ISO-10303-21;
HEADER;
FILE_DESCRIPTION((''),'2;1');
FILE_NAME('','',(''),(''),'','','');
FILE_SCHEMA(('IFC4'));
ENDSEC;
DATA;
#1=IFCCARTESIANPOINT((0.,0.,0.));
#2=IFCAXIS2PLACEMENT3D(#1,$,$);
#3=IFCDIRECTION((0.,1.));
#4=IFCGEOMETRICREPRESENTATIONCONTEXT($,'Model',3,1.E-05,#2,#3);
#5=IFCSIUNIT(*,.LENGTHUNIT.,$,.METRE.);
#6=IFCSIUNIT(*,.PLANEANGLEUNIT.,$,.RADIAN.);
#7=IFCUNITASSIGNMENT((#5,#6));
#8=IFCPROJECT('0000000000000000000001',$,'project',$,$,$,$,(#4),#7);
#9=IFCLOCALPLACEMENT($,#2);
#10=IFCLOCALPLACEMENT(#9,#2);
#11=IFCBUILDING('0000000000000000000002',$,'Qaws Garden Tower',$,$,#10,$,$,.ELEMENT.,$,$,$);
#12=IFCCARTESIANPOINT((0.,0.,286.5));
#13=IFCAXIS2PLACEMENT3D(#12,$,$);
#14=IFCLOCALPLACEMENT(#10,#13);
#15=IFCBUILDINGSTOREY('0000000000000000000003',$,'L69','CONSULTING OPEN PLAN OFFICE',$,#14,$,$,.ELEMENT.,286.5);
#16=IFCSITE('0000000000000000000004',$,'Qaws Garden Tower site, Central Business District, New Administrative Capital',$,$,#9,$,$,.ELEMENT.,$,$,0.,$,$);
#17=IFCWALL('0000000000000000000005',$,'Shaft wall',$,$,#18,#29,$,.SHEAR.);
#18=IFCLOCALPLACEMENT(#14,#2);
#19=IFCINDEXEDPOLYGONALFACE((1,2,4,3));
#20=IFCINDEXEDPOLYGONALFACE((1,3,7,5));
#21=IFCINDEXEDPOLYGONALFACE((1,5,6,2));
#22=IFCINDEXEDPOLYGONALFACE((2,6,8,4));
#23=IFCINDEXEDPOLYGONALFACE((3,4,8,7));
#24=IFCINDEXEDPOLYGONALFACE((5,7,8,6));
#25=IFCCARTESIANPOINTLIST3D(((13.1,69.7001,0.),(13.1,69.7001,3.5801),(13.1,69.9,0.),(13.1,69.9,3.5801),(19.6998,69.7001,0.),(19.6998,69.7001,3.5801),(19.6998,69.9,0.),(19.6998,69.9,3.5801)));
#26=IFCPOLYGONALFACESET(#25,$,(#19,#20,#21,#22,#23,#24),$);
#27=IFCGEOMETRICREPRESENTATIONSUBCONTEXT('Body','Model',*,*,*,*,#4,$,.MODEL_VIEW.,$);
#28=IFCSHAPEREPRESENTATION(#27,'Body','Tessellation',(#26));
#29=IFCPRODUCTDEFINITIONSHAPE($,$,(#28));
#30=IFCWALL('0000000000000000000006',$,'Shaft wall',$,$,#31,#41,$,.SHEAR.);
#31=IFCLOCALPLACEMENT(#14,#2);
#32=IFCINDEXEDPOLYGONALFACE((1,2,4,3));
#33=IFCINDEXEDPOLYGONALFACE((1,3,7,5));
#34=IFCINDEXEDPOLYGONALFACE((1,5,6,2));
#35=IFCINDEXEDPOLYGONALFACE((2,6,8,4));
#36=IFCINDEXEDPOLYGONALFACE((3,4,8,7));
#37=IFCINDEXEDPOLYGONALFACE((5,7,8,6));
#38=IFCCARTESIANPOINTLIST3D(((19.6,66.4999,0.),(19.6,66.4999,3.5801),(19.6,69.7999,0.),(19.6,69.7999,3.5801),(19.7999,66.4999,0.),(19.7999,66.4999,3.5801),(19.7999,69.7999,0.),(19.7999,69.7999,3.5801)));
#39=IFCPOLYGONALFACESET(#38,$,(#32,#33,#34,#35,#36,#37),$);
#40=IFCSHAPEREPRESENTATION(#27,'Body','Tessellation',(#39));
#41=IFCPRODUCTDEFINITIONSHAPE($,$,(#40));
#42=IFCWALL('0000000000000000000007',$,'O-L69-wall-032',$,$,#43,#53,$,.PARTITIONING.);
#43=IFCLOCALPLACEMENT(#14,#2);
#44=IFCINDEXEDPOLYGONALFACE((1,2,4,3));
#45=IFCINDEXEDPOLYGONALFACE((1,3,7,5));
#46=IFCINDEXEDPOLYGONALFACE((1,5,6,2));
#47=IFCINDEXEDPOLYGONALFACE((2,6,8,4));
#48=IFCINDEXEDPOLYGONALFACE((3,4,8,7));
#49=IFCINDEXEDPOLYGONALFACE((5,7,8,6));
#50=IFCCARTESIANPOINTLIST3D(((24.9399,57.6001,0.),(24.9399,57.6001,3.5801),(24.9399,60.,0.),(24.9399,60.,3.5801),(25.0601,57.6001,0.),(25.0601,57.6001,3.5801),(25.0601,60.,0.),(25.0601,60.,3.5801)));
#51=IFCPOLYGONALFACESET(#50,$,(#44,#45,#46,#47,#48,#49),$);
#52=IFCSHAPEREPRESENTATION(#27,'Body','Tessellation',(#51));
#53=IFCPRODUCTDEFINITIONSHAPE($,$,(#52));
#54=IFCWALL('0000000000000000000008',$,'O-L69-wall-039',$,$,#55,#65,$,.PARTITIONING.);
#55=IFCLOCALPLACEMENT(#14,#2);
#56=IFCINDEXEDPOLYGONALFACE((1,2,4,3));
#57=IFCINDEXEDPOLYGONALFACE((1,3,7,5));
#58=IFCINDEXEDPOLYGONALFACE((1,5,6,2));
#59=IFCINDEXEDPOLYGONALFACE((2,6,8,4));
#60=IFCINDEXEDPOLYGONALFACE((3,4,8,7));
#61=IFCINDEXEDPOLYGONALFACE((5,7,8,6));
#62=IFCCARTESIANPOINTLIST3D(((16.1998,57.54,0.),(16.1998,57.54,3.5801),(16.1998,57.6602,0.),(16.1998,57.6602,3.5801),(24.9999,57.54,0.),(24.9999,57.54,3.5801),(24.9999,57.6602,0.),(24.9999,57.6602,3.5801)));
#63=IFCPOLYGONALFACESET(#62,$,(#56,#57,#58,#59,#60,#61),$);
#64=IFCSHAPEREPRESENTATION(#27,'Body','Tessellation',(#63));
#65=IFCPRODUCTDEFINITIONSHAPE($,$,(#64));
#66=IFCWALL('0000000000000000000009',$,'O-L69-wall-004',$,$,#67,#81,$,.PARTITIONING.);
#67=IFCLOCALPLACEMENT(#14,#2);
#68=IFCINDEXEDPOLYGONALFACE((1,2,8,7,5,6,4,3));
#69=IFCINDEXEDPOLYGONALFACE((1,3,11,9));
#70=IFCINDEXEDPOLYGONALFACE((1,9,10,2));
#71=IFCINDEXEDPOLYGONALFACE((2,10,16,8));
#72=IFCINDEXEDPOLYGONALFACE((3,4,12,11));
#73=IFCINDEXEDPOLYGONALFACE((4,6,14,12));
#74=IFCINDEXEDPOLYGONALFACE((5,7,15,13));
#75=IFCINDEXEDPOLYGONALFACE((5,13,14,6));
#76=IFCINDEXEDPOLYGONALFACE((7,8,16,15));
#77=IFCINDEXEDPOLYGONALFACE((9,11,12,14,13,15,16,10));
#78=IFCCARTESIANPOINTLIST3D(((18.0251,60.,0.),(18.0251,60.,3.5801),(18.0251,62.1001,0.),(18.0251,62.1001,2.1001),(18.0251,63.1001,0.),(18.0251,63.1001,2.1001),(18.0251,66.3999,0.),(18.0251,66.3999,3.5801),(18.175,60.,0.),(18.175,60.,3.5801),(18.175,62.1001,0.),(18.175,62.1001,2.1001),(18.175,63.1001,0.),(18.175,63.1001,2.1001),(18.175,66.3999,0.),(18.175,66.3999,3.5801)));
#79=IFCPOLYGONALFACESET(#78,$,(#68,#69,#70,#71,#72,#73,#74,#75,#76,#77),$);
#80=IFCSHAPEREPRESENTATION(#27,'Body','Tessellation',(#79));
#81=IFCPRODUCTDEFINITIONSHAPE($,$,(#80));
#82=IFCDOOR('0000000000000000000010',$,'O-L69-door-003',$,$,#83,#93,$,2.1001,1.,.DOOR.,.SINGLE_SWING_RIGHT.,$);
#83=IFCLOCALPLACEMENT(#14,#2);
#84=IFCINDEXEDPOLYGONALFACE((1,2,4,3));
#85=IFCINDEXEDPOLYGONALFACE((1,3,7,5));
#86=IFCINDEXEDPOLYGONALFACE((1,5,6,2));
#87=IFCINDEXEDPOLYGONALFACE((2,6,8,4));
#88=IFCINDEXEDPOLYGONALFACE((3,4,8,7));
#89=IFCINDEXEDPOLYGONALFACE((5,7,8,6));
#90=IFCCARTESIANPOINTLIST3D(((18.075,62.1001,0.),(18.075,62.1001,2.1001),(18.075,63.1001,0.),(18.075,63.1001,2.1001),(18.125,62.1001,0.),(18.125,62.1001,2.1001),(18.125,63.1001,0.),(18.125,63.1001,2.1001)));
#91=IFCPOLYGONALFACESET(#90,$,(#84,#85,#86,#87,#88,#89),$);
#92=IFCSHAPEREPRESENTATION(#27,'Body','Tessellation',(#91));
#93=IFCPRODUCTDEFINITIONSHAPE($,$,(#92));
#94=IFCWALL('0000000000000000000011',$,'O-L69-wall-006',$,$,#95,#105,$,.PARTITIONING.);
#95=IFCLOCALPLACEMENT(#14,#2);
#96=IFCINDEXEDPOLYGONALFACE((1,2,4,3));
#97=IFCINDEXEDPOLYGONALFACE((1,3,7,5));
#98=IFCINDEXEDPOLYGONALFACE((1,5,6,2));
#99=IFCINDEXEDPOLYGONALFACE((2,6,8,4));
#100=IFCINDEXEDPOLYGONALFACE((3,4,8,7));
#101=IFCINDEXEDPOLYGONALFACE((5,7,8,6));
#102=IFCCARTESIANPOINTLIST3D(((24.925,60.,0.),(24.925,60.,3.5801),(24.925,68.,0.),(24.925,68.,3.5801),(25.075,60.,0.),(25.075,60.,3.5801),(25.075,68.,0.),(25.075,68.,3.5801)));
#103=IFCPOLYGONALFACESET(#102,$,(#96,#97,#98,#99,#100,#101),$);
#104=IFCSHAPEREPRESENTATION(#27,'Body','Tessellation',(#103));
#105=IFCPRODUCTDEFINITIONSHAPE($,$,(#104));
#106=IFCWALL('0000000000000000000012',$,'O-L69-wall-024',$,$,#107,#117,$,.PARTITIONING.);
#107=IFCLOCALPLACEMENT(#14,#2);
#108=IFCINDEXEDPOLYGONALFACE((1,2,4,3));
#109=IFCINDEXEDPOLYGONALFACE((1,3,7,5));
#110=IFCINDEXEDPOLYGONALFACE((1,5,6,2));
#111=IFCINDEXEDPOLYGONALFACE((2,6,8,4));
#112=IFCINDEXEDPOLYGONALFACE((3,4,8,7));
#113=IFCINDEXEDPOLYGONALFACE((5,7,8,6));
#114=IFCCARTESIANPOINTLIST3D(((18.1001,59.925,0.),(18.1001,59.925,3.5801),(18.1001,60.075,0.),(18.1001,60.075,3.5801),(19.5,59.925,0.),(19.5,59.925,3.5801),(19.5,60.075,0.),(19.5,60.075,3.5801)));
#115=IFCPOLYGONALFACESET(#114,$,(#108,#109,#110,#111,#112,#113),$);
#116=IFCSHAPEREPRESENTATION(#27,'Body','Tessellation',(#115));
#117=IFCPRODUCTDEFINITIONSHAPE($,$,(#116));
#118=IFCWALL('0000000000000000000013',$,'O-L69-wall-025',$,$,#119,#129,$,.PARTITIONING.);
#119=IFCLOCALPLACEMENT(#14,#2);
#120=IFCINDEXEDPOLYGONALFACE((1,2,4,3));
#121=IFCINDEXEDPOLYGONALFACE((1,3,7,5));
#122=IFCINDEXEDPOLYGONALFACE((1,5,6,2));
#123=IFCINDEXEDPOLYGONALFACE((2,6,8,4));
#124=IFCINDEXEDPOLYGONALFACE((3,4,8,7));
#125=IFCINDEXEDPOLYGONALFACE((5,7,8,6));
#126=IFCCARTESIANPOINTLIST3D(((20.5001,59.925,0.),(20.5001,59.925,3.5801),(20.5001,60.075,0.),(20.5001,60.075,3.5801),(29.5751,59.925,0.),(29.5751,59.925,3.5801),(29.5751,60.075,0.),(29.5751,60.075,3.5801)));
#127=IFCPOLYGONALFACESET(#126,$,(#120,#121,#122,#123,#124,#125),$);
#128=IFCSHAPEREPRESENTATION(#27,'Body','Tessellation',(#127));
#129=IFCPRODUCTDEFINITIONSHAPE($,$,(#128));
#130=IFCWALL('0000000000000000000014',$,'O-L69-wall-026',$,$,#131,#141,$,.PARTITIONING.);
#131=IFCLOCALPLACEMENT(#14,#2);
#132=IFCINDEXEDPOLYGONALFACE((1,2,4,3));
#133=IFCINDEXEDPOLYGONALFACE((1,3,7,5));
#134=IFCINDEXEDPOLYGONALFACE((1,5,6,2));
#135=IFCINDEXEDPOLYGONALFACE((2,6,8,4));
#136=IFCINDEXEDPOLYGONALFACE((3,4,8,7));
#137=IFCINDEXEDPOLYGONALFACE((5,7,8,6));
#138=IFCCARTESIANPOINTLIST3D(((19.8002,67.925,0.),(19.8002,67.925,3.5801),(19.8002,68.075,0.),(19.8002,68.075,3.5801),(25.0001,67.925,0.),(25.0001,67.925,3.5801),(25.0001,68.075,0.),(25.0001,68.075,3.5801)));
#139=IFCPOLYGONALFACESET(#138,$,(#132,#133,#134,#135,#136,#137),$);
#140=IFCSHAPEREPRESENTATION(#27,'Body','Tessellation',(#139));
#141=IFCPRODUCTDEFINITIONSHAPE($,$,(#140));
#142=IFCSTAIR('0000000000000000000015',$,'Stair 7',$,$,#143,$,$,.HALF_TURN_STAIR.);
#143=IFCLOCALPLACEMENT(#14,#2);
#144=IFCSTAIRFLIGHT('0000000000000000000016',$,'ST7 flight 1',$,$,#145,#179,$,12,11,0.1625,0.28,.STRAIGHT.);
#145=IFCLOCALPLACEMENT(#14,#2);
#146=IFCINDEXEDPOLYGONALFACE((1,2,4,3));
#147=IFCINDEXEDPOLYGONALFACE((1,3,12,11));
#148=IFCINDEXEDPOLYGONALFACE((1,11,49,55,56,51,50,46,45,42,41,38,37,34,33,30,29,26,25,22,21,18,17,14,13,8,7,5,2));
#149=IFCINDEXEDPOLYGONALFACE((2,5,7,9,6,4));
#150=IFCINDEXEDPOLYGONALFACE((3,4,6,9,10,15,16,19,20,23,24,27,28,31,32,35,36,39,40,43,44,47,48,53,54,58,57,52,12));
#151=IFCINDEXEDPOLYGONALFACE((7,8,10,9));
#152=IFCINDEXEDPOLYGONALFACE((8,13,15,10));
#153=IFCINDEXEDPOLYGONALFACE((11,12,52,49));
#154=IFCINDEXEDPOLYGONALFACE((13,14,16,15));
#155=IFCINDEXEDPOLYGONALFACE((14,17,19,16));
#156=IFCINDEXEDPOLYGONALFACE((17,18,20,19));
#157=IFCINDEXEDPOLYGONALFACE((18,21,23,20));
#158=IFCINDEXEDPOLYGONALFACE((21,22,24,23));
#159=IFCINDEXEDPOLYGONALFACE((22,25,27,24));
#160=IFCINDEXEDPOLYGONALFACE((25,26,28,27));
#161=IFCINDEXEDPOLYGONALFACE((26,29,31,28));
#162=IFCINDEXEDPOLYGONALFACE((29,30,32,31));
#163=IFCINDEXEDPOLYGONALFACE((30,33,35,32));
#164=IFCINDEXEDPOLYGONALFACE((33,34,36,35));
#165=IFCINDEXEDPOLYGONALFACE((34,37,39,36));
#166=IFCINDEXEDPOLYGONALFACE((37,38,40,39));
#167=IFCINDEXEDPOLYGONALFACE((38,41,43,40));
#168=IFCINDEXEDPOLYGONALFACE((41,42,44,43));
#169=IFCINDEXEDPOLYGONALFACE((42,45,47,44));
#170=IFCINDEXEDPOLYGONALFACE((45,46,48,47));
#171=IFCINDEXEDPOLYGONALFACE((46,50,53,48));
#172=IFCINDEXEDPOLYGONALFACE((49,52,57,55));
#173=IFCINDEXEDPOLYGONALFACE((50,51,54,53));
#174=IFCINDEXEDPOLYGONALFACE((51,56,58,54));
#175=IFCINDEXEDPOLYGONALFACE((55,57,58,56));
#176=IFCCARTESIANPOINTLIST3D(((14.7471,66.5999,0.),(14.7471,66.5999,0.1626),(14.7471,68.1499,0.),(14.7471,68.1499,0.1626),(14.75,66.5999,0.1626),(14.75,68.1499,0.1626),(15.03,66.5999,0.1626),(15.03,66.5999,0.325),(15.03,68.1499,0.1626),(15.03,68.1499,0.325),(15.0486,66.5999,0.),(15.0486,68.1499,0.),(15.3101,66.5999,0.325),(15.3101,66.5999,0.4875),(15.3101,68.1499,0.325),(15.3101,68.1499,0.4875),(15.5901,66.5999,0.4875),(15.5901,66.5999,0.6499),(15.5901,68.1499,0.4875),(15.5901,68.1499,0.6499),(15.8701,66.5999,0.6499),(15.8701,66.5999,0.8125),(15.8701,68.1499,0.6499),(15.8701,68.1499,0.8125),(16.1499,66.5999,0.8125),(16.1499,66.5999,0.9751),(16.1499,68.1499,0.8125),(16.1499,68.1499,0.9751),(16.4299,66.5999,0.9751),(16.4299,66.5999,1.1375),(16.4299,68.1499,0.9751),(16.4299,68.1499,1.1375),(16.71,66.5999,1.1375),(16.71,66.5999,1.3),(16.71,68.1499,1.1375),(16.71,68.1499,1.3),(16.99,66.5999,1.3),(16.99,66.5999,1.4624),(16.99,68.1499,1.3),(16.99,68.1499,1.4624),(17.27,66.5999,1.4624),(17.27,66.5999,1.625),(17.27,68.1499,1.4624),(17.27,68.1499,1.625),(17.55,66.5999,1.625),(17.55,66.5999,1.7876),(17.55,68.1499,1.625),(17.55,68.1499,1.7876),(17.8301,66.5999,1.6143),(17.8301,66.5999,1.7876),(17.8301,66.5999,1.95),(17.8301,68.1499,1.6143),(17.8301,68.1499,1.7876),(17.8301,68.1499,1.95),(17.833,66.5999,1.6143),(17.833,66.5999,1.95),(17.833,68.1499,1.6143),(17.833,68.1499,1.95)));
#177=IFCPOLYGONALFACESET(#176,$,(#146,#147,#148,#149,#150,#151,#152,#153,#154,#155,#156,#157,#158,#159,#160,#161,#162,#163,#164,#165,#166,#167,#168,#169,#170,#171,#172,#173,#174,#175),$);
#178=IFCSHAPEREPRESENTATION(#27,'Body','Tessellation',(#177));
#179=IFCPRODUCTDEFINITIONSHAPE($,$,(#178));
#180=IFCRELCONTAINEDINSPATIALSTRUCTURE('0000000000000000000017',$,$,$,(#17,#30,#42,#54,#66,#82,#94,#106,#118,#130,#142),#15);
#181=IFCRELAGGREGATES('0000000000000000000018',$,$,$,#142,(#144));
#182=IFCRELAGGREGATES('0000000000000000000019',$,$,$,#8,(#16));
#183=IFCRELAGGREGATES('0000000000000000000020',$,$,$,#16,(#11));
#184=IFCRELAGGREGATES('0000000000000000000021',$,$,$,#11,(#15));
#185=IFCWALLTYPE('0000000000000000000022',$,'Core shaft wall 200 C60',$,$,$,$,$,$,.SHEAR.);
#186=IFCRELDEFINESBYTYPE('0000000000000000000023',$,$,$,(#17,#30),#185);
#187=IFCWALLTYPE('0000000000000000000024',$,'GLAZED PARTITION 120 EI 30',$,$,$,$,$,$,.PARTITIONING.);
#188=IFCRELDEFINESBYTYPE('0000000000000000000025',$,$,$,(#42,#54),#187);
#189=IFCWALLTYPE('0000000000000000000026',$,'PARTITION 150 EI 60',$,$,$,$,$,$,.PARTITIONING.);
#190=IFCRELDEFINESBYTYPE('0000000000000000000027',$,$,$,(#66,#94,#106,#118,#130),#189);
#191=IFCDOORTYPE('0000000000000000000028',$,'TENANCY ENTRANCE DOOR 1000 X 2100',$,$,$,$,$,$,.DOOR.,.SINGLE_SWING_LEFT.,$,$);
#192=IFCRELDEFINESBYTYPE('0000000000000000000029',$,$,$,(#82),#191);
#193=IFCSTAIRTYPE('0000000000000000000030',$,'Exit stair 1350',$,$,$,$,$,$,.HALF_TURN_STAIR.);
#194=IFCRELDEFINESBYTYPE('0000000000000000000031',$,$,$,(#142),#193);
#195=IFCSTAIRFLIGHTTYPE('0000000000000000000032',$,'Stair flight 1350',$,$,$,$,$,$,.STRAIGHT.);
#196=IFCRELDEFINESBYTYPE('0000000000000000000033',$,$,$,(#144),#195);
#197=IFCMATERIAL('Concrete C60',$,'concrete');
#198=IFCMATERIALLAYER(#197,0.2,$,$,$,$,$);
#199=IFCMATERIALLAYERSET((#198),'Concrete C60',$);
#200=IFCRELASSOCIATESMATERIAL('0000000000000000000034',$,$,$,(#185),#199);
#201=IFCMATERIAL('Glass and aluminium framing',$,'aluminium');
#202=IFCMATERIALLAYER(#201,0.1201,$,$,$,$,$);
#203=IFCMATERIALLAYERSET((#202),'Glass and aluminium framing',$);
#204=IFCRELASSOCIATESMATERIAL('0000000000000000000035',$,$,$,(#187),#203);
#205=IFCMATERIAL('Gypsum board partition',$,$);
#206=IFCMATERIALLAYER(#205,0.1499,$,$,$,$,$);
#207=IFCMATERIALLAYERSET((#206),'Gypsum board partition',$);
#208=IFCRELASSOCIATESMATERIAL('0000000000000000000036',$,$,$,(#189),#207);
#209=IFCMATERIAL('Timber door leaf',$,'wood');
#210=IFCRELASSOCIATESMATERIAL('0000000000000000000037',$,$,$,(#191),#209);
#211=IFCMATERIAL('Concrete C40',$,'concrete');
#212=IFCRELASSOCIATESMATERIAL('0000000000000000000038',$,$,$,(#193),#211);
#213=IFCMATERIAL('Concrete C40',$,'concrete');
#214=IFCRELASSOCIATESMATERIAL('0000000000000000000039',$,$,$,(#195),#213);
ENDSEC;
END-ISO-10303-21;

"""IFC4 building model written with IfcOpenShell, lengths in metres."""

from ifc_helpers import new_model, si_unit, direction, frame, frame_2d, origin, place, context, subcontext, project, spatial, polyline, rectangle, outline, extrude, material, layer, layer_set, type_object, element, fill, aggregate, save


model = new_model("IFC4")

# Units and contexts
model_context = context("Model", 3, precision=1e-05, world=origin(), true_north=direction((0.0, 1.0)))
body_context = subcontext(model_context, "Body", "Model", "MODEL_VIEW")
ifc_project = project(units=[si_unit("LENGTHUNIT", "METRE"), si_unit("PLANEANGLEUNIT", "RADIAN")], contexts=[model_context])

# Site, building, storey
site_placement = place(None, origin())
site = spatial("IfcSite", under=ifc_project, at=site_placement, Name="Qaws Garden Tower site, Central Business District, New Administrative Capital", CompositionType="ELEMENT", RefElevation=0.0)
building_placement = place(site_placement, origin())
building = spatial("IfcBuilding", under=site, at=building_placement, Name="Qaws Garden Tower", CompositionType="ELEMENT")
storey_placement = place(building_placement, frame((0.0, 0.0, 286.5)))
storey = spatial("IfcBuildingStorey", under=building, at=storey_placement, Name="L69", Description="CONSULTING OPEN PLAN OFFICE", CompositionType="ELEMENT", Elevation=286.5)

# Walls
ifc_material_1 = material(Name="Concrete C60", Category="concrete")
ifc_layer_1 = layer(ifc_material_1, 0.2)
ifc_layer_set_1 = layer_set([ifc_layer_1], Name="Concrete C60")
wall_type_1 = type_object("IfcWallType", Name="Core shaft wall 200 C60", PredefinedType="SHEAR", material=ifc_layer_set_1)
wall_1_placement = place(storey_placement, frame((13.1001, 69.8, 0.0), z_axis=(0.0, 0.0, 1.0), x_axis=(1.0, 0.0, 0.0)))
element("IfcWall", 1, at=wall_1_placement, inside=storey, type_object=wall_type_1, Name="Shaft wall", PredefinedType="SHEAR", context=body_context, shape_type="SweptSolid", body=[
    extrude(rectangle(XDim=6.5999, YDim=0.2, at=frame_2d((3.2998, 0.0))), origin(), (0.0, 0.0, 1.0), 3.5801),
])
wall_2_placement = place(storey_placement, frame((19.7, 66.5, 0.0), z_axis=(0.0, 0.0, 1.0), x_axis=(0.0, 1.0, 0.0)))
element("IfcWall", 2, at=wall_2_placement, inside=storey, type_object=wall_type_1, Name="Shaft wall", PredefinedType="SHEAR", context=body_context, shape_type="SweptSolid", body=[
    extrude(rectangle(XDim=3.3, YDim=0.2, at=frame_2d((1.6499, 0.0))), origin(), (0.0, 0.0, 1.0), 3.5801),
])
ifc_material_2 = material(Name="Glass and aluminium framing", Category="aluminium")
ifc_layer_2 = layer(ifc_material_2, 0.1201)
ifc_layer_set_2 = layer_set([ifc_layer_2], Name="Glass and aluminium framing")
wall_type_2 = type_object("IfcWallType", Name="GLAZED PARTITION 120 EI 30", PredefinedType="PARTITIONING", material=ifc_layer_set_2)
wall_3_placement = place(storey_placement, frame((25.0, 57.6001, 0.0), z_axis=(0.0, 0.0, 1.0), x_axis=(0.0, 1.0, 0.0)))
element("IfcWall", 3, at=wall_3_placement, inside=storey, type_object=wall_type_2, Name="O-L69-wall-032", PredefinedType="PARTITIONING", context=body_context, shape_type="SweptSolid", body=[
    extrude(rectangle(XDim=2.3999, YDim=0.1201, at=frame_2d((1.2, 0.0))), origin(), (0.0, 0.0, 1.0), 3.5801),
])
wall_4_placement = place(storey_placement, frame((16.2, 57.6001, 0.0), z_axis=(0.0, 0.0, 1.0), x_axis=(1.0, 0.0, 0.0)))
element("IfcWall", 4, at=wall_4_placement, inside=storey, type_object=wall_type_2, Name="O-L69-wall-039", PredefinedType="PARTITIONING", context=body_context, shape_type="SweptSolid", body=[
    extrude(rectangle(XDim=8.8, YDim=0.1201, at=frame_2d((4.3999, 0.0))), origin(), (0.0, 0.0, 1.0), 3.5801),
])

# Wall, opening, door
ifc_material_3 = material(Name="Gypsum board partition")
ifc_layer_3 = layer(ifc_material_3, 0.1499)
ifc_layer_set_3 = layer_set([ifc_layer_3], Name="Gypsum board partition")
wall_type_3 = type_object("IfcWallType", Name="PARTITION 150 EI 60", PredefinedType="PARTITIONING", material=ifc_layer_set_3)
wall_5_placement = place(storey_placement, frame((18.1001, 60.0, 0.0), z_axis=(0.0, 0.0, 1.0), x_axis=(0.0, 1.0, 0.0)))
wall_5 = element("IfcWall", 5, at=wall_5_placement, inside=storey, type_object=wall_type_3, Name="O-L69-wall-004", PredefinedType="PARTITIONING", context=body_context, shape_type="SweptSolid", body=[
    extrude(rectangle(XDim=6.3999, YDim=0.1499, at=frame_2d((3.2, 0.0))), origin(), (0.0, 0.0, 1.0), 3.5801),
])
opening_1_placement = place(wall_5_placement, frame((2.1001, 0.0, 0.0)))
opening_1 = element("IfcOpeningElement", 6, at=opening_1_placement, cuts=wall_5, PredefinedType="OPENING", context=body_context, shape_type="SweptSolid", body=[
    extrude(rectangle(XDim=1.0, YDim=2.1001, at=frame_2d((0.5, 1.05))), frame((0.0, 0.085, 0.0), z_axis=(0.0, -1.0, 0.0), x_axis=(1.0, 0.0, 0.0)), (0.0, 0.0, 1.0), 0.1699),
])
ifc_material_4 = material(Name="Timber door leaf", Category="wood")
door_type = type_object("IfcDoorType", Name="TENANCY ENTRANCE DOOR 1000 X 2100", OperationType="SINGLE_SWING_LEFT", PredefinedType="DOOR", material=ifc_material_4)
door_placement = place(opening_1_placement, frame((1.0, 0.0, 0.0), z_axis=(0.0, 0.0, 1.0), x_axis=(-1.0, 0.0, 0.0)))
door = element("IfcDoor", 7, at=door_placement, inside=storey, type_object=door_type, Name="O-L69-door-003", OperationType="SINGLE_SWING_RIGHT", OverallHeight=2.1001, OverallWidth=1.0, PredefinedType="DOOR", context=body_context, shape_type="SweptSolid", body=[
    extrude(rectangle(XDim=1.0, YDim=2.1001, at=frame_2d((0.5, 1.05))), frame((0.0, 0.0249, 0.0), z_axis=(0.0, -1.0, 0.0), x_axis=(1.0, 0.0, 0.0)), (0.0, 0.0, 1.0), 0.05),
])
fill(opening_1, door)

# Walls
wall_6_placement = place(storey_placement, frame((25.0, 60.0, 0.0), z_axis=(0.0, 0.0, 1.0), x_axis=(0.0, 1.0, 0.0)))
element("IfcWall", 8, at=wall_6_placement, inside=storey, type_object=wall_type_3, Name="O-L69-wall-006", PredefinedType="PARTITIONING", context=body_context, shape_type="SweptSolid", body=[
    extrude(rectangle(XDim=8.0, YDim=0.1499, at=frame_2d((4.0, 0.0))), origin(), (0.0, 0.0, 1.0), 3.5801),
])
wall_7_placement = place(storey_placement, frame((18.1001, 60.0, 0.0), z_axis=(0.0, 0.0, 1.0), x_axis=(1.0, 0.0, 0.0)))
element("IfcWall", 9, at=wall_7_placement, inside=storey, type_object=wall_type_3, Name="O-L69-wall-024", PredefinedType="PARTITIONING", context=body_context, shape_type="SweptSolid", body=[
    extrude(rectangle(XDim=1.3999, YDim=0.1499, at=frame_2d((0.7, 0.0))), origin(), (0.0, 0.0, 1.0), 3.5801),
])
wall_8_placement = place(storey_placement, frame((20.5, 60.0, 0.0), z_axis=(0.0, 0.0, 1.0), x_axis=(1.0, 0.0, 0.0)))
element("IfcWall", 10, at=wall_8_placement, inside=storey, type_object=wall_type_3, Name="O-L69-wall-025", PredefinedType="PARTITIONING", context=body_context, shape_type="SweptSolid", body=[
    extrude(rectangle(XDim=9.075, YDim=0.1499, at=frame_2d((4.5376, 0.0))), origin(), (0.0, 0.0, 1.0), 3.5801),
])
wall_9_placement = place(storey_placement, frame((19.8, 68.0, 0.0), z_axis=(0.0, 0.0, 1.0), x_axis=(1.0, 0.0, 0.0)))
element("IfcWall", 11, at=wall_9_placement, inside=storey, type_object=wall_type_3, Name="O-L69-wall-026", PredefinedType="PARTITIONING", context=body_context, shape_type="SweptSolid", body=[
    extrude(rectangle(XDim=5.2, YDim=0.1499, at=frame_2d((2.6001, 0.0))), origin(), (0.0, 0.0, 1.0), 3.5801),
])

# Stair, stair flight
ifc_material_5 = material(Name="Concrete C40", Category="concrete")
stair_type = type_object("IfcStairType", Name="Exit stair 1350", PredefinedType="HALF_TURN_STAIR", material=ifc_material_5)
stair_placement = place(storey_placement, origin())
stair = element("IfcStair", 12, at=stair_placement, inside=storey, type_object=stair_type, Name="Stair 7", PredefinedType="HALF_TURN_STAIR")
ifc_material_6 = material(Name="Concrete C40", Category="concrete")
stair_flight_type = type_object("IfcStairFlightType", Name="Stair flight 1350", PredefinedType="STRAIGHT", material=ifc_material_6)
stair_flight_1_placement = place(storey_placement, frame((14.75, 67.375, 0.0), z_axis=(0.0, 0.0, 1.0), x_axis=(1.0, 0.0, 0.0)))
stair_flight_1 = element("IfcStairFlight", 13, at=stair_flight_1_placement, type_object=stair_flight_type, Name="ST7 flight 1", NumberOfRisers=12, NumberOfTreads=11, PredefinedType="STRAIGHT", RiserHeight=0.1625, TreadLength=0.28, context=body_context, shape_type="SweptSolid", body=[
    extrude(outline(polyline([(-0.0029, 0.0), (-0.0029, 0.1626), (0.0, 0.1626), (0.28, 0.1626), (0.28, 0.325), (0.5601, 0.325), (0.5601, 0.4875), (0.8401, 0.4875), (0.8401, 0.6499), (1.1201, 0.6499), (1.1201, 0.8125), (1.3999, 0.8125), (1.3999, 0.9751), (1.6799, 0.9751), (1.6799, 1.1375), (1.96, 1.1375), (1.96, 1.3), (2.24, 1.3), (2.24, 1.4624), (2.52, 1.4624), (2.52, 1.625), (2.8, 1.625), (2.8, 1.7876), (3.0801, 1.7876), (3.0801, 1.95), (3.083, 1.95), (3.083, 1.6143), (3.0801, 1.6143), (0.2986, 0.0), (-0.0029, 0.0)])), frame((0.0, 0.7749, 0.0), z_axis=(0.0, -1.0, 0.0), x_axis=(1.0, 0.0, 0.0)), (0.0, 0.0, 1.0), 1.55),
])
aggregate(stair, [stair_flight_1])

save(model, "model.ifc")
